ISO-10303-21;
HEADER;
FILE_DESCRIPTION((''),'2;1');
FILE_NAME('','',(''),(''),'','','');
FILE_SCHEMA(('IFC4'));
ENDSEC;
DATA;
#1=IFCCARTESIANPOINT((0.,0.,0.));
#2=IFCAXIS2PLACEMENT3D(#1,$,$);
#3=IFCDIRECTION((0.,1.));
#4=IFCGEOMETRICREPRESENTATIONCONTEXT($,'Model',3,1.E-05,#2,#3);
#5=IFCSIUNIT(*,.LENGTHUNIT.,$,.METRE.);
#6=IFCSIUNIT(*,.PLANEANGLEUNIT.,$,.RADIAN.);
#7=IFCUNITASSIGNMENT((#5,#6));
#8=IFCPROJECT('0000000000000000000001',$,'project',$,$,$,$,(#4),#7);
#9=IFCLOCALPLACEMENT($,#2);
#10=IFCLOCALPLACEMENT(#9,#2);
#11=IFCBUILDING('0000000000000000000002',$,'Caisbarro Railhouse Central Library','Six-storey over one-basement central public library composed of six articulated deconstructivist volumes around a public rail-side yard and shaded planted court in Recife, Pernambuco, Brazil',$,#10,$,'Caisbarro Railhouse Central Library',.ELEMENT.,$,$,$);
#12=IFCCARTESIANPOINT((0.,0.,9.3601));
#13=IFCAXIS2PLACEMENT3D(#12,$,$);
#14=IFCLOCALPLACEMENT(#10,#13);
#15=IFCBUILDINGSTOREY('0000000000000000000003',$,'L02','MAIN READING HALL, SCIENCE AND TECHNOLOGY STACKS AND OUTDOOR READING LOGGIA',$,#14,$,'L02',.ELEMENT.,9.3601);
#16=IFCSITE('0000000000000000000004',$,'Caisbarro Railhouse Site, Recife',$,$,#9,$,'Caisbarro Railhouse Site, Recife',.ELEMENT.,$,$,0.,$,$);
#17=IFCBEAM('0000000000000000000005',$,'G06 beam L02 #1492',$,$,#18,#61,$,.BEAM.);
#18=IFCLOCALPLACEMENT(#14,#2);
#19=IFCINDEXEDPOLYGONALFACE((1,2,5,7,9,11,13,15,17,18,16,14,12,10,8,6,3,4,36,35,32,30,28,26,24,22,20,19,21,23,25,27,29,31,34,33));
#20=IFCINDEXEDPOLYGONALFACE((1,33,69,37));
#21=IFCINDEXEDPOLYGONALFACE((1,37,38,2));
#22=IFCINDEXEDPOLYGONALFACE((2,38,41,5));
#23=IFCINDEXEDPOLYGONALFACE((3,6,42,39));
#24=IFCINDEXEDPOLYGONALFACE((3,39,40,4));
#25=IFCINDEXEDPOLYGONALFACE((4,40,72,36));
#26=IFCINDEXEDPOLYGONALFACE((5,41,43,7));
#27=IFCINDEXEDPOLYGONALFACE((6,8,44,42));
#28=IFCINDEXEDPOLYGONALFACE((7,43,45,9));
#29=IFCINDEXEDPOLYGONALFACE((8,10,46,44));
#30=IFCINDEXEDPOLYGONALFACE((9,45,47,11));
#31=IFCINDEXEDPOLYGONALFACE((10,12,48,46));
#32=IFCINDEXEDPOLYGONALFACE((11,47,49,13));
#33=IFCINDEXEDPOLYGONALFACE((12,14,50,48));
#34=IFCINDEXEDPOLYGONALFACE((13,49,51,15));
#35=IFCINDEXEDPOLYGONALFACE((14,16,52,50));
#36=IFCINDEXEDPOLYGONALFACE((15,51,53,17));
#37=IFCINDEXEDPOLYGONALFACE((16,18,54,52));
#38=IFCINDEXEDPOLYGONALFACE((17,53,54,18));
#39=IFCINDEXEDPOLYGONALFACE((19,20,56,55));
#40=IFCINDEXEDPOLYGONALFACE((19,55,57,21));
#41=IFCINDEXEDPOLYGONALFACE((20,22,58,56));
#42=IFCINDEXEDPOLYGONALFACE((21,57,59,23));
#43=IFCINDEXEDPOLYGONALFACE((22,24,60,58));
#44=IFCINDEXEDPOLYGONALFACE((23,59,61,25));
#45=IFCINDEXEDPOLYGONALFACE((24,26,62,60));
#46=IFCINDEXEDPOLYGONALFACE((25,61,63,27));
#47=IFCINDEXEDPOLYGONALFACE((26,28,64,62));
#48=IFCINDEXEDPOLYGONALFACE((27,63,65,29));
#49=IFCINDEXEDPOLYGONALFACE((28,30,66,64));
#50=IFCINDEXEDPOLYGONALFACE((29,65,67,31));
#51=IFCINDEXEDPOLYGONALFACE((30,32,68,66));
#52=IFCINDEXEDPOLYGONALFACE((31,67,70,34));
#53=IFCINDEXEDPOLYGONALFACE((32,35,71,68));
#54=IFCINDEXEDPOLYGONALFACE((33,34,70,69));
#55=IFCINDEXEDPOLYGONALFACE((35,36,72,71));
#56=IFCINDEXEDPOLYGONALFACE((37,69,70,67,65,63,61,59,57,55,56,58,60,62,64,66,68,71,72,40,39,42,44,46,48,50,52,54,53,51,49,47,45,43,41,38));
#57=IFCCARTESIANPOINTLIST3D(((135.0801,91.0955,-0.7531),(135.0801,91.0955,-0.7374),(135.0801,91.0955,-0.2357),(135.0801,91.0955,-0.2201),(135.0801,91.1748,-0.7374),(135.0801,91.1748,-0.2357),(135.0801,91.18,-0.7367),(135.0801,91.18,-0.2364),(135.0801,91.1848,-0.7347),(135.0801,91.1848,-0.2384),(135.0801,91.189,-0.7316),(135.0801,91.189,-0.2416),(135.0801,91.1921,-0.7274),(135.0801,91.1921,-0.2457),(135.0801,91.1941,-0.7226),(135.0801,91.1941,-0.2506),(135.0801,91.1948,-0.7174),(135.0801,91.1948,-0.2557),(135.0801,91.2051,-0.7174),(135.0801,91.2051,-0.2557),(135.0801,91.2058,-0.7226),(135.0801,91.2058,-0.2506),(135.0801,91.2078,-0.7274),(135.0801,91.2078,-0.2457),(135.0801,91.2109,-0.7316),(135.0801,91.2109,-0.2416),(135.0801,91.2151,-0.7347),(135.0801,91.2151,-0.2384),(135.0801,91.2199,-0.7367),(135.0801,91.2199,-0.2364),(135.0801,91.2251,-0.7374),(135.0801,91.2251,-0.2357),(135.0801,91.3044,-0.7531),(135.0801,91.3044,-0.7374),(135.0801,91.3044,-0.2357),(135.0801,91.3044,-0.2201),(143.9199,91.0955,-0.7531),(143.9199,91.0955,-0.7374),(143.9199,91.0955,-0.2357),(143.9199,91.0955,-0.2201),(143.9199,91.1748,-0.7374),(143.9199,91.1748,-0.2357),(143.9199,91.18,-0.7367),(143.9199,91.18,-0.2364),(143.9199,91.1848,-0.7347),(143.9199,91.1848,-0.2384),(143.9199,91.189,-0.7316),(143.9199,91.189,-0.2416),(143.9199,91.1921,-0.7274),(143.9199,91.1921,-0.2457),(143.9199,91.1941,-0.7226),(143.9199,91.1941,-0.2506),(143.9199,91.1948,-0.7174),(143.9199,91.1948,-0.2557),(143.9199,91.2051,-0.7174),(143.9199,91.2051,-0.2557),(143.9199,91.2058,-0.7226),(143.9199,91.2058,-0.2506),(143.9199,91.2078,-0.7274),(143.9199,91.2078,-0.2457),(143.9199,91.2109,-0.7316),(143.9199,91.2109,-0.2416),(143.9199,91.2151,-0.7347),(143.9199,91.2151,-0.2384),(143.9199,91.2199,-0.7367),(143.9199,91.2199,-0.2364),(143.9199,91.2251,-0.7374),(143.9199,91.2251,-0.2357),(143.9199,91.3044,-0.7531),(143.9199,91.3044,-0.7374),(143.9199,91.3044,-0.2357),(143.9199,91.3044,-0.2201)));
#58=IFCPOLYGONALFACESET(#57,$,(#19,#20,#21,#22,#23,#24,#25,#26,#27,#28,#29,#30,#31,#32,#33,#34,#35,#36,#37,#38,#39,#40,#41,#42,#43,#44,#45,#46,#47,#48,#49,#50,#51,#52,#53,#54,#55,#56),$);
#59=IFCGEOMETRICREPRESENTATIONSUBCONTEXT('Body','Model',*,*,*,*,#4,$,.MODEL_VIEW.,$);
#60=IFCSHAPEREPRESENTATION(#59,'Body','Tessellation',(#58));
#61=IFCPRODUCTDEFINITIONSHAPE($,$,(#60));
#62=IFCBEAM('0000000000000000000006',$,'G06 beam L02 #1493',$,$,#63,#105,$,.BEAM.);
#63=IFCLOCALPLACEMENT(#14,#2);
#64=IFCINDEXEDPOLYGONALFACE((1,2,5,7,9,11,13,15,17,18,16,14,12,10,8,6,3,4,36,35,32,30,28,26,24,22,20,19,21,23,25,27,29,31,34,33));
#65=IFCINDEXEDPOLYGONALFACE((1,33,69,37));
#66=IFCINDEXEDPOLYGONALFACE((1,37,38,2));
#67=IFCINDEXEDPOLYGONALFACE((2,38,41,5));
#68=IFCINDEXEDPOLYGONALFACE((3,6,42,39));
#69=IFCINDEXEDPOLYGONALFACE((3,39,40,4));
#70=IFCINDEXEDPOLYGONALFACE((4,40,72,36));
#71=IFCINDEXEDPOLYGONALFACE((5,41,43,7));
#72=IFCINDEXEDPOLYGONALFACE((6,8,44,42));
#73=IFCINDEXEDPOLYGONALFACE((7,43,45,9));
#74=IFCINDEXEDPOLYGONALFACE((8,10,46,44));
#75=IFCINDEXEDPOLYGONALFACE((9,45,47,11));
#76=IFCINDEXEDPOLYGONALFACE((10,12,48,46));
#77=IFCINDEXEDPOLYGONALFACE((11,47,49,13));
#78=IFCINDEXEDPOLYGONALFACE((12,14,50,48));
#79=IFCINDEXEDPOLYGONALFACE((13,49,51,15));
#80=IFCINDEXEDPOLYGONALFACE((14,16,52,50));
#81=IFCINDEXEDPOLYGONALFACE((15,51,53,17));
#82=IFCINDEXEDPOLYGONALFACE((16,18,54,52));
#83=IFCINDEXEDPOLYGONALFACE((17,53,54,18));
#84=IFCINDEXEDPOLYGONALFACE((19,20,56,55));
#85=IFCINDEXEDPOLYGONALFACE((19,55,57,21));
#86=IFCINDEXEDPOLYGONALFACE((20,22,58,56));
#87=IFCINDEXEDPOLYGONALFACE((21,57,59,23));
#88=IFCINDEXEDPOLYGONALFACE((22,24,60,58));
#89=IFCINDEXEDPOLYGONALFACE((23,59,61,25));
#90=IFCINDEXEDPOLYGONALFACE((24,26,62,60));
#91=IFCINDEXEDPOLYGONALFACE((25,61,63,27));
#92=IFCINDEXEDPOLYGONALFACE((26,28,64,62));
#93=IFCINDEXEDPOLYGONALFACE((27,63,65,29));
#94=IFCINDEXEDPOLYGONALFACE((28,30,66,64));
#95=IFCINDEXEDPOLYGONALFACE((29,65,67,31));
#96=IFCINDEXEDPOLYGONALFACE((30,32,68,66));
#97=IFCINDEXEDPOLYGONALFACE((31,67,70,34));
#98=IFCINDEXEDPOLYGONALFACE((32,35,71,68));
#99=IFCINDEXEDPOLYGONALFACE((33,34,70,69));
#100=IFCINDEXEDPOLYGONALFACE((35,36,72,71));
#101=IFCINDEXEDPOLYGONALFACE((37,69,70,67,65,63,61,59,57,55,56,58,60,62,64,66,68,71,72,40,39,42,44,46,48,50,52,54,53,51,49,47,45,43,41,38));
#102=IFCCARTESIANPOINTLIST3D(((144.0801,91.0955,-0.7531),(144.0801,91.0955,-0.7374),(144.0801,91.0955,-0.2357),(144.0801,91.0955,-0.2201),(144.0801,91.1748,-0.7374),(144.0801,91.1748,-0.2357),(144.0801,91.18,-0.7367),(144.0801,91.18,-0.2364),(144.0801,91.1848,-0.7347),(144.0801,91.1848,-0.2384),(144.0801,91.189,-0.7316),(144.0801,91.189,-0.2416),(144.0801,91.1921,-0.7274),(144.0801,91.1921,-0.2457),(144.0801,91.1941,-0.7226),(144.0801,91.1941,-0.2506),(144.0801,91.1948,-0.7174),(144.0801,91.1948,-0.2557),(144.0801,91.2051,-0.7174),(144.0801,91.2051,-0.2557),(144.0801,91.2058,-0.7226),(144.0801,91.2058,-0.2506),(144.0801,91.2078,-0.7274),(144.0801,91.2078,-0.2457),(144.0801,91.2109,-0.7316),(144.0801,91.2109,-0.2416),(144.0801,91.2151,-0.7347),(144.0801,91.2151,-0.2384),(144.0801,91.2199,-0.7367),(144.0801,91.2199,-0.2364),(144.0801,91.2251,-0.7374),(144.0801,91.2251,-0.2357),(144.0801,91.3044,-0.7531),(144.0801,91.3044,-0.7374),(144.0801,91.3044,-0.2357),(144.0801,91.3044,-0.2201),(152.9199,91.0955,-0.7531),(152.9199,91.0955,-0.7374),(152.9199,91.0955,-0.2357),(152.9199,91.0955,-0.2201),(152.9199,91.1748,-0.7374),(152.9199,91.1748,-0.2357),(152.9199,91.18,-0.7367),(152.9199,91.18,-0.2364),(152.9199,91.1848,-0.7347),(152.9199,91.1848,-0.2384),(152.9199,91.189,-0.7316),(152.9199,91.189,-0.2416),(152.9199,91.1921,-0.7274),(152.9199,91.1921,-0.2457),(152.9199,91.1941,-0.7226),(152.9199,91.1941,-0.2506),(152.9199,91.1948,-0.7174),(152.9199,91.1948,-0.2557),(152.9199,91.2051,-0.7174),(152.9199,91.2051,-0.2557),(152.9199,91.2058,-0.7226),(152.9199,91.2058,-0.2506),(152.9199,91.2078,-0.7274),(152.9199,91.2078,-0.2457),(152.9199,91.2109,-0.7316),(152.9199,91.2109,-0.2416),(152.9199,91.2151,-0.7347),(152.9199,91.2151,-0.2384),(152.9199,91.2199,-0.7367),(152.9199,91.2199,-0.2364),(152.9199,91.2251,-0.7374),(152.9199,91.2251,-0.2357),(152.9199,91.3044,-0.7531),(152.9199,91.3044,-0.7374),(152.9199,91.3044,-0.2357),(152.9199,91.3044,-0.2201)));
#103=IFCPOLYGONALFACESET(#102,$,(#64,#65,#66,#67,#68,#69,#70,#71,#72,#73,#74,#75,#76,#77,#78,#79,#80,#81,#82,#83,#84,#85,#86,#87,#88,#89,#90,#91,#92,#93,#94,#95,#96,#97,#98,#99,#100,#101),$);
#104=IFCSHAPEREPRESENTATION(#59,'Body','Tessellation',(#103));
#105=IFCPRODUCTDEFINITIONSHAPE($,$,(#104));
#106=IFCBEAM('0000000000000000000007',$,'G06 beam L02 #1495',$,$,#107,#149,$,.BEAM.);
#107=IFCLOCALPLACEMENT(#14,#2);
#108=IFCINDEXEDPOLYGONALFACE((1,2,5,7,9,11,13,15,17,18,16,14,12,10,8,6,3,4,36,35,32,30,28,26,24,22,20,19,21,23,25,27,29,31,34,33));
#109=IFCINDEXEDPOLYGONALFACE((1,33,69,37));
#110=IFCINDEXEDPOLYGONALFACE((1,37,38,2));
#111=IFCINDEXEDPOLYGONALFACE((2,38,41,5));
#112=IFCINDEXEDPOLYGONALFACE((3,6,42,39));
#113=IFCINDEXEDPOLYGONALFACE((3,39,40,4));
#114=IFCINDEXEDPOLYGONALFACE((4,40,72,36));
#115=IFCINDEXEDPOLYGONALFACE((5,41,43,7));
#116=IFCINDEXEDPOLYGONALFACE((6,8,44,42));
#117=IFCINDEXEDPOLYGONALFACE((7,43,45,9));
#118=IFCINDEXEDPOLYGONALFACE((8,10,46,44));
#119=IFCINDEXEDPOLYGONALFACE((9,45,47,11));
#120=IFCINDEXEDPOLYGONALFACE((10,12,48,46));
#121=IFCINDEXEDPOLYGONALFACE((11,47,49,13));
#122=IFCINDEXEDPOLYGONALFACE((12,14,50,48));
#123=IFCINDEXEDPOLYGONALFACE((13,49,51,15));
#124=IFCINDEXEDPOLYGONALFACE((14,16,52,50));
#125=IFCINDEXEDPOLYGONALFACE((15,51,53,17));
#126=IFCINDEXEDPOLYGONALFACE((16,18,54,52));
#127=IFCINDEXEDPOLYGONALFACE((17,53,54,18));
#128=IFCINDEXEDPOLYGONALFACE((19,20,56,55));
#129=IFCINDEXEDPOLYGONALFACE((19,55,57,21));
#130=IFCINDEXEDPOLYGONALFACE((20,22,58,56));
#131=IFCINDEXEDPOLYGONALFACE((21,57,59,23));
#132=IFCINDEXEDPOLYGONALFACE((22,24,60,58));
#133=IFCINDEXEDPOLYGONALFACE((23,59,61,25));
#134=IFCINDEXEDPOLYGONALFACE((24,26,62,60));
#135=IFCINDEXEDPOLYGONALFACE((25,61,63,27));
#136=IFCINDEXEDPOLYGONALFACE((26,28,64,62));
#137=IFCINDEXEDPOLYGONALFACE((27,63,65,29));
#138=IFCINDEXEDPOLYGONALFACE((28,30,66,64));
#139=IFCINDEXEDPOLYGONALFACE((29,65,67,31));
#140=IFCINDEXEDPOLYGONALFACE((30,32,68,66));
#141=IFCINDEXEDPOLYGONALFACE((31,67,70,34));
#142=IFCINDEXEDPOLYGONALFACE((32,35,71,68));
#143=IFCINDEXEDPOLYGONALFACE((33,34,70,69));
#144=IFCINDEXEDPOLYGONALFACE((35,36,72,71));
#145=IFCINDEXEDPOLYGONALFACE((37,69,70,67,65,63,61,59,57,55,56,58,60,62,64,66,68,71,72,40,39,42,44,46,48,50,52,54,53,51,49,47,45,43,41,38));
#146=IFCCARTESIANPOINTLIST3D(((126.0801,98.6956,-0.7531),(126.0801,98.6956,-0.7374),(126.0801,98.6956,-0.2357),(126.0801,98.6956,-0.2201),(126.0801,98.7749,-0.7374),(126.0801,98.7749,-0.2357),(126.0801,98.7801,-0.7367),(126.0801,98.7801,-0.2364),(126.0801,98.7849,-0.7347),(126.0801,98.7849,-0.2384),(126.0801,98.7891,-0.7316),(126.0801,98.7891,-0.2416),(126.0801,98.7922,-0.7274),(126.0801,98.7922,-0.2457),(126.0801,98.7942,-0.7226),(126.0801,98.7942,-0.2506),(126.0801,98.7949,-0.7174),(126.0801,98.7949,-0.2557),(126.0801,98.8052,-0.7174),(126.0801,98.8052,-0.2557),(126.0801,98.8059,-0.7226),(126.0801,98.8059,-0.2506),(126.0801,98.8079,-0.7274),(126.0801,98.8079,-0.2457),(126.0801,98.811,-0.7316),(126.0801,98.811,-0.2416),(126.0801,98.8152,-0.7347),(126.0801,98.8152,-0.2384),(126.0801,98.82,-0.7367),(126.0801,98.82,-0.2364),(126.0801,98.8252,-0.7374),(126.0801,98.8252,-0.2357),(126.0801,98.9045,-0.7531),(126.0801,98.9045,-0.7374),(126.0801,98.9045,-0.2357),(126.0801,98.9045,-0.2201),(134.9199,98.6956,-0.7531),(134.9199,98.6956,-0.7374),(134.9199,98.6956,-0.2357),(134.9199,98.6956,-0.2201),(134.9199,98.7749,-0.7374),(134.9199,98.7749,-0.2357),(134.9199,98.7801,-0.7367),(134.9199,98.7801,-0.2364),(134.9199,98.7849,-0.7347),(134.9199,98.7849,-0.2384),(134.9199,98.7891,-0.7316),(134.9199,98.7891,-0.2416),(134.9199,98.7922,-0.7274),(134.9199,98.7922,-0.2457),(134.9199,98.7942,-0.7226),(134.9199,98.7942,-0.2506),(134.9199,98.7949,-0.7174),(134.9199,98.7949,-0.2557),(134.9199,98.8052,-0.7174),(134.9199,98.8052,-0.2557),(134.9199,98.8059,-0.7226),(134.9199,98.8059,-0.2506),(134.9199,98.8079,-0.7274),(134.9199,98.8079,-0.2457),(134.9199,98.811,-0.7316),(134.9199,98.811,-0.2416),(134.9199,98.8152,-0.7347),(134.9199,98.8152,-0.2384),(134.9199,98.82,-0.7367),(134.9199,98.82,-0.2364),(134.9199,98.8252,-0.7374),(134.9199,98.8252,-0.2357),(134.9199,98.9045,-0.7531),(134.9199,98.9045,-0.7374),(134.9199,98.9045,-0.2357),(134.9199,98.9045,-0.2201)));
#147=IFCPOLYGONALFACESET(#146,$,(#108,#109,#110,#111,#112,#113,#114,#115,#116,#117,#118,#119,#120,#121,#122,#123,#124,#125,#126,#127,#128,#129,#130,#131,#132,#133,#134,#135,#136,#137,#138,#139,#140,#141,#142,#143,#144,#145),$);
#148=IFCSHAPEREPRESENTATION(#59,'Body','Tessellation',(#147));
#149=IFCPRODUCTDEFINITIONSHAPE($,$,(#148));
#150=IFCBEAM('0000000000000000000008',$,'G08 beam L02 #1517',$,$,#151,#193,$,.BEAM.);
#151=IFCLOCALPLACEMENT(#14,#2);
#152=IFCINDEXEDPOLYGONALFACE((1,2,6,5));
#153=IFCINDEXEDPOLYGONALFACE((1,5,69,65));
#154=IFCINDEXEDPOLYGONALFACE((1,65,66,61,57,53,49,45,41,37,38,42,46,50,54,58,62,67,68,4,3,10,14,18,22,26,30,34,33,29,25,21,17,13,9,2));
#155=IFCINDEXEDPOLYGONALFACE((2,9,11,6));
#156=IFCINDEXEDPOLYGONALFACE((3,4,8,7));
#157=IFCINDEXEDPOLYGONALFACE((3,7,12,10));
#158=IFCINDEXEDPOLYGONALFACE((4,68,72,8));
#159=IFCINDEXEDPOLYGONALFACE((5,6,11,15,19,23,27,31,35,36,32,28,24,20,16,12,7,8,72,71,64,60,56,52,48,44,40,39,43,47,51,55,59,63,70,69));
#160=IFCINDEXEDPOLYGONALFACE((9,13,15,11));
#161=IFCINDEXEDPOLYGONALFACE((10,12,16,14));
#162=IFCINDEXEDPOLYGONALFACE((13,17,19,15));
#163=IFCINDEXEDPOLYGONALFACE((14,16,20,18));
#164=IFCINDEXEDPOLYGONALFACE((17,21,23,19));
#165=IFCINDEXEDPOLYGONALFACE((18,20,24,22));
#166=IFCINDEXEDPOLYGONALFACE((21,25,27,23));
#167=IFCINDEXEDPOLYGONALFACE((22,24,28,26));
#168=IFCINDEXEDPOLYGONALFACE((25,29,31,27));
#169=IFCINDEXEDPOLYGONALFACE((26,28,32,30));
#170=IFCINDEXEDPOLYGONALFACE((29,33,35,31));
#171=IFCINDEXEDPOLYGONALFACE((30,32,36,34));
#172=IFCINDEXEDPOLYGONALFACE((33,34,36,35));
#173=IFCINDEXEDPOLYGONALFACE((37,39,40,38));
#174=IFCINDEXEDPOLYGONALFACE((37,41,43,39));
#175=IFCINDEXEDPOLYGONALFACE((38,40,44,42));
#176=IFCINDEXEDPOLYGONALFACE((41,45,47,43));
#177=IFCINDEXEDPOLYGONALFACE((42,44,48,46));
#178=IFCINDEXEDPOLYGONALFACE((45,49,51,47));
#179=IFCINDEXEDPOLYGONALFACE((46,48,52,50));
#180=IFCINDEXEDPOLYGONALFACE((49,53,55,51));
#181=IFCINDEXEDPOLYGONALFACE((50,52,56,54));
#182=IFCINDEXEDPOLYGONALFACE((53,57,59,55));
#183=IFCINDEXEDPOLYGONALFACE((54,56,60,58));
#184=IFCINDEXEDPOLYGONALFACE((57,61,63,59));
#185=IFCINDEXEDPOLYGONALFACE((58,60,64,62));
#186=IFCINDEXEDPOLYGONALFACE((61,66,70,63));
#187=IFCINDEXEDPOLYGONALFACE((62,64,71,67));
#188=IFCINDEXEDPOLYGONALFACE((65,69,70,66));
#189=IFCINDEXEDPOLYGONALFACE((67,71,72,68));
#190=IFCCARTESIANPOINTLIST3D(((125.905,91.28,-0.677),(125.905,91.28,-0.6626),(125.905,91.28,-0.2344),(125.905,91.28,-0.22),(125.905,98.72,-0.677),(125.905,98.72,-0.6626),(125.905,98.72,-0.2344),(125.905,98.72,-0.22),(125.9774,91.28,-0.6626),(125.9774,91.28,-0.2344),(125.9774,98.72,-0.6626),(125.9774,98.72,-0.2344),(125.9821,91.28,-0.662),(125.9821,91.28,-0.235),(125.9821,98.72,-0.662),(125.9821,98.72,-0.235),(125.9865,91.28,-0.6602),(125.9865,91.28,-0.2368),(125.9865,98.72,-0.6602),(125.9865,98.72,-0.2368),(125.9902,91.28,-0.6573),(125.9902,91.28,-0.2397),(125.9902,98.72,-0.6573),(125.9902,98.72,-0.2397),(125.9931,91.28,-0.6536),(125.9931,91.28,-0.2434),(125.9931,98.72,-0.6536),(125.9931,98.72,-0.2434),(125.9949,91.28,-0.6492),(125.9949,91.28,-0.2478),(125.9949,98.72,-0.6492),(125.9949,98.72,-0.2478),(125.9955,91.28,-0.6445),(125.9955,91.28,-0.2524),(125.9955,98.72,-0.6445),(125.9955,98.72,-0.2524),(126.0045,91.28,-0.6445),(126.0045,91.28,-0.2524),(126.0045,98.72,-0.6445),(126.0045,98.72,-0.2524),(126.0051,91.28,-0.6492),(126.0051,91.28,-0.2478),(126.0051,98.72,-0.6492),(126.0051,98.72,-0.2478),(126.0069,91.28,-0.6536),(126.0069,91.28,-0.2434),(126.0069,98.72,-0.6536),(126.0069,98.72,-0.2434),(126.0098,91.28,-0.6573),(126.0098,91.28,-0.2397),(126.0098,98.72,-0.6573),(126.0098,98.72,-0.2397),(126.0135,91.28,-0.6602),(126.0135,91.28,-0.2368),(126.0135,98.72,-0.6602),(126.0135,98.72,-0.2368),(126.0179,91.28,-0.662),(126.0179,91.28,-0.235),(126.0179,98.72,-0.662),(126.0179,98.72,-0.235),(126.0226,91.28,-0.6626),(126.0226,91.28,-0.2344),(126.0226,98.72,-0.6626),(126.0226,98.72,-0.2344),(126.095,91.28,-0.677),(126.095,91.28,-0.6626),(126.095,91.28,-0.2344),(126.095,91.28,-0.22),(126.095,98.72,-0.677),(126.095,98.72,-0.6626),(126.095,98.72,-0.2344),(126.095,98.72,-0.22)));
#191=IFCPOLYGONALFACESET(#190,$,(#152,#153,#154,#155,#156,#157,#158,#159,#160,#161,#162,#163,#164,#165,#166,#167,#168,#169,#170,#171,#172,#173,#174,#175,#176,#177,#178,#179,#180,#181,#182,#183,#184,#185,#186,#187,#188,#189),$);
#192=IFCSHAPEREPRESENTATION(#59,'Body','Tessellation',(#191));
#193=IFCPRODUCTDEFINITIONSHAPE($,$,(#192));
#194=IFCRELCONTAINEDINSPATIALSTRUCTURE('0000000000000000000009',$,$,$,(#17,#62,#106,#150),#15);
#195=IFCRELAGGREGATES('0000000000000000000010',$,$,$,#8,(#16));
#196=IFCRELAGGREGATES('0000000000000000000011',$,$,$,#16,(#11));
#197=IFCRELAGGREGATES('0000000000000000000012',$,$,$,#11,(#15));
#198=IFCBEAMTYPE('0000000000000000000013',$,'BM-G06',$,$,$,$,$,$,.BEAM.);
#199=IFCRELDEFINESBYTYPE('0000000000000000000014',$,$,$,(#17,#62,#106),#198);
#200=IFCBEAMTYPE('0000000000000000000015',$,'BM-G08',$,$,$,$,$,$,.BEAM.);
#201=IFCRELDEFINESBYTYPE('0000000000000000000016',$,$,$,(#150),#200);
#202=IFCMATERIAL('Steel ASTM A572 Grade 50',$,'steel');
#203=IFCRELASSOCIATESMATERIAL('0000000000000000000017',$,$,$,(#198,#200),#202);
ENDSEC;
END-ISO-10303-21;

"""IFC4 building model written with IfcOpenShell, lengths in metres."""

from ifc_helpers import new_model, si_unit, direction, frame, origin, origin_2d, place, context, subcontext, project, spatial, i_section, extrude, material, material_profile, profile_set, type_object, element, save


model = new_model("IFC4")

# Units and contexts
model_context = context("Model", 3, precision=1e-05, world=origin(), true_north=direction((0.0, 1.0)))
body_context = subcontext(model_context, "Body", "Model", "MODEL_VIEW")
ifc_project = project(units=[si_unit("LENGTHUNIT", "METRE"), si_unit("PLANEANGLEUNIT", "RADIAN")], contexts=[model_context])

# Site, building, storey
site_placement = place(None, origin())
site = spatial("IfcSite", under=ifc_project, at=site_placement, Name="Caisbarro Railhouse Site, Recife", LongName="Caisbarro Railhouse Site, Recife", CompositionType="ELEMENT", RefElevation=0.0)
building_placement = place(site_placement, origin())
building = spatial("IfcBuilding", under=site, at=building_placement, Name="Caisbarro Railhouse Central Library", Description="Six-storey over one-basement central public library composed of six articulated deconstructivist volumes around a public rail-side yard and shaded planted court in Recife, Pernambuco, Brazil", LongName="Caisbarro Railhouse Central Library", CompositionType="ELEMENT")
storey_placement = place(building_placement, frame((0.0, 0.0, 9.3601)))
storey = spatial("IfcBuildingStorey", under=building, at=storey_placement, Name="L02", Description="MAIN READING HALL, SCIENCE AND TECHNOLOGY STACKS AND OUTDOOR READING LOGGIA", LongName="L02", CompositionType="ELEMENT", Elevation=9.3601)

# Shared definitions
ifc_material_1 = material(Name="Steel ASTM A572 Grade 50", Category="steel")

# Beams
ifc_material_profile_1 = material_profile(ifc_material_1, i_section(OverallWidth=0.209, OverallDepth=0.533, WebThickness=0.0103, FlangeThickness=0.0156, FilletRadius=0.02, at=origin_2d()), Name="W530X92.0")
ifc_profile_set_1 = profile_set([ifc_material_profile_1], Name="Steel ASTM A572 Grade 50")
beam_type_1 = type_object("IfcBeamType", Name="BM-G06", PredefinedType="BEAM", material=ifc_profile_set_1)
for number, where, z_axis, x_axis, name in (
    (1, (135.0801, 91.2, -0.4866), (1.0, 0.0, 0.0), (0.0, 1.0, 0.0), "G06 beam L02 #1492"),
    (2, (144.0801, 91.2, -0.4866), (1.0, 0.0, 0.0), (0.0, 1.0, 0.0), "G06 beam L02 #1493"),
    (3, (126.0801, 98.8, -0.4866), (1.0, 0.0, 0.0), (0.0, 1.0, 0.0), "G06 beam L02 #1495"),
):
    element("IfcBeam", number, at=place(storey_placement, frame(where, z_axis=z_axis, x_axis=x_axis)), inside=storey, type_object=beam_type_1, Name=name, PredefinedType="BEAM", context=body_context, shape_type="SweptSolid", body=[
        extrude(i_section(OverallWidth=0.209, OverallDepth=0.533, WebThickness=0.0103, FlangeThickness=0.0156, FilletRadius=0.02, at=origin_2d()), origin(), (0.0, 0.0, 1.0), 8.8398),
    ])
ifc_material_profile_2 = material_profile(ifc_material_1, i_section(OverallWidth=0.1899, OverallDepth=0.457, WebThickness=0.009, FlangeThickness=0.0144, FilletRadius=0.0181, at=origin_2d()), Name="W460X74.0")
ifc_profile_set_2 = profile_set([ifc_material_profile_2], Name="Steel ASTM A572 Grade 50")
beam_type_2 = type_object("IfcBeamType", Name="BM-G08", PredefinedType="BEAM", material=ifc_profile_set_2)
for number, where, z_axis, x_axis, name in (
    (4, (126.0, 91.28, -0.4485), (0.0, 1.0, 0.0), (-1.0, 0.0, 0.0), "G08 beam L02 #1517"),
):
    element("IfcBeam", number, at=place(storey_placement, frame(where, z_axis=z_axis, x_axis=x_axis)), inside=storey, type_object=beam_type_2, Name=name, PredefinedType="BEAM", context=body_context, shape_type="SweptSolid", body=[
        extrude(i_section(OverallWidth=0.1899, OverallDepth=0.457, WebThickness=0.009, FlangeThickness=0.0144, FilletRadius=0.0181, at=origin_2d()), origin(), (0.0, 0.0, 1.0), 7.4399),
    ])

save(model, "model.ifc")
